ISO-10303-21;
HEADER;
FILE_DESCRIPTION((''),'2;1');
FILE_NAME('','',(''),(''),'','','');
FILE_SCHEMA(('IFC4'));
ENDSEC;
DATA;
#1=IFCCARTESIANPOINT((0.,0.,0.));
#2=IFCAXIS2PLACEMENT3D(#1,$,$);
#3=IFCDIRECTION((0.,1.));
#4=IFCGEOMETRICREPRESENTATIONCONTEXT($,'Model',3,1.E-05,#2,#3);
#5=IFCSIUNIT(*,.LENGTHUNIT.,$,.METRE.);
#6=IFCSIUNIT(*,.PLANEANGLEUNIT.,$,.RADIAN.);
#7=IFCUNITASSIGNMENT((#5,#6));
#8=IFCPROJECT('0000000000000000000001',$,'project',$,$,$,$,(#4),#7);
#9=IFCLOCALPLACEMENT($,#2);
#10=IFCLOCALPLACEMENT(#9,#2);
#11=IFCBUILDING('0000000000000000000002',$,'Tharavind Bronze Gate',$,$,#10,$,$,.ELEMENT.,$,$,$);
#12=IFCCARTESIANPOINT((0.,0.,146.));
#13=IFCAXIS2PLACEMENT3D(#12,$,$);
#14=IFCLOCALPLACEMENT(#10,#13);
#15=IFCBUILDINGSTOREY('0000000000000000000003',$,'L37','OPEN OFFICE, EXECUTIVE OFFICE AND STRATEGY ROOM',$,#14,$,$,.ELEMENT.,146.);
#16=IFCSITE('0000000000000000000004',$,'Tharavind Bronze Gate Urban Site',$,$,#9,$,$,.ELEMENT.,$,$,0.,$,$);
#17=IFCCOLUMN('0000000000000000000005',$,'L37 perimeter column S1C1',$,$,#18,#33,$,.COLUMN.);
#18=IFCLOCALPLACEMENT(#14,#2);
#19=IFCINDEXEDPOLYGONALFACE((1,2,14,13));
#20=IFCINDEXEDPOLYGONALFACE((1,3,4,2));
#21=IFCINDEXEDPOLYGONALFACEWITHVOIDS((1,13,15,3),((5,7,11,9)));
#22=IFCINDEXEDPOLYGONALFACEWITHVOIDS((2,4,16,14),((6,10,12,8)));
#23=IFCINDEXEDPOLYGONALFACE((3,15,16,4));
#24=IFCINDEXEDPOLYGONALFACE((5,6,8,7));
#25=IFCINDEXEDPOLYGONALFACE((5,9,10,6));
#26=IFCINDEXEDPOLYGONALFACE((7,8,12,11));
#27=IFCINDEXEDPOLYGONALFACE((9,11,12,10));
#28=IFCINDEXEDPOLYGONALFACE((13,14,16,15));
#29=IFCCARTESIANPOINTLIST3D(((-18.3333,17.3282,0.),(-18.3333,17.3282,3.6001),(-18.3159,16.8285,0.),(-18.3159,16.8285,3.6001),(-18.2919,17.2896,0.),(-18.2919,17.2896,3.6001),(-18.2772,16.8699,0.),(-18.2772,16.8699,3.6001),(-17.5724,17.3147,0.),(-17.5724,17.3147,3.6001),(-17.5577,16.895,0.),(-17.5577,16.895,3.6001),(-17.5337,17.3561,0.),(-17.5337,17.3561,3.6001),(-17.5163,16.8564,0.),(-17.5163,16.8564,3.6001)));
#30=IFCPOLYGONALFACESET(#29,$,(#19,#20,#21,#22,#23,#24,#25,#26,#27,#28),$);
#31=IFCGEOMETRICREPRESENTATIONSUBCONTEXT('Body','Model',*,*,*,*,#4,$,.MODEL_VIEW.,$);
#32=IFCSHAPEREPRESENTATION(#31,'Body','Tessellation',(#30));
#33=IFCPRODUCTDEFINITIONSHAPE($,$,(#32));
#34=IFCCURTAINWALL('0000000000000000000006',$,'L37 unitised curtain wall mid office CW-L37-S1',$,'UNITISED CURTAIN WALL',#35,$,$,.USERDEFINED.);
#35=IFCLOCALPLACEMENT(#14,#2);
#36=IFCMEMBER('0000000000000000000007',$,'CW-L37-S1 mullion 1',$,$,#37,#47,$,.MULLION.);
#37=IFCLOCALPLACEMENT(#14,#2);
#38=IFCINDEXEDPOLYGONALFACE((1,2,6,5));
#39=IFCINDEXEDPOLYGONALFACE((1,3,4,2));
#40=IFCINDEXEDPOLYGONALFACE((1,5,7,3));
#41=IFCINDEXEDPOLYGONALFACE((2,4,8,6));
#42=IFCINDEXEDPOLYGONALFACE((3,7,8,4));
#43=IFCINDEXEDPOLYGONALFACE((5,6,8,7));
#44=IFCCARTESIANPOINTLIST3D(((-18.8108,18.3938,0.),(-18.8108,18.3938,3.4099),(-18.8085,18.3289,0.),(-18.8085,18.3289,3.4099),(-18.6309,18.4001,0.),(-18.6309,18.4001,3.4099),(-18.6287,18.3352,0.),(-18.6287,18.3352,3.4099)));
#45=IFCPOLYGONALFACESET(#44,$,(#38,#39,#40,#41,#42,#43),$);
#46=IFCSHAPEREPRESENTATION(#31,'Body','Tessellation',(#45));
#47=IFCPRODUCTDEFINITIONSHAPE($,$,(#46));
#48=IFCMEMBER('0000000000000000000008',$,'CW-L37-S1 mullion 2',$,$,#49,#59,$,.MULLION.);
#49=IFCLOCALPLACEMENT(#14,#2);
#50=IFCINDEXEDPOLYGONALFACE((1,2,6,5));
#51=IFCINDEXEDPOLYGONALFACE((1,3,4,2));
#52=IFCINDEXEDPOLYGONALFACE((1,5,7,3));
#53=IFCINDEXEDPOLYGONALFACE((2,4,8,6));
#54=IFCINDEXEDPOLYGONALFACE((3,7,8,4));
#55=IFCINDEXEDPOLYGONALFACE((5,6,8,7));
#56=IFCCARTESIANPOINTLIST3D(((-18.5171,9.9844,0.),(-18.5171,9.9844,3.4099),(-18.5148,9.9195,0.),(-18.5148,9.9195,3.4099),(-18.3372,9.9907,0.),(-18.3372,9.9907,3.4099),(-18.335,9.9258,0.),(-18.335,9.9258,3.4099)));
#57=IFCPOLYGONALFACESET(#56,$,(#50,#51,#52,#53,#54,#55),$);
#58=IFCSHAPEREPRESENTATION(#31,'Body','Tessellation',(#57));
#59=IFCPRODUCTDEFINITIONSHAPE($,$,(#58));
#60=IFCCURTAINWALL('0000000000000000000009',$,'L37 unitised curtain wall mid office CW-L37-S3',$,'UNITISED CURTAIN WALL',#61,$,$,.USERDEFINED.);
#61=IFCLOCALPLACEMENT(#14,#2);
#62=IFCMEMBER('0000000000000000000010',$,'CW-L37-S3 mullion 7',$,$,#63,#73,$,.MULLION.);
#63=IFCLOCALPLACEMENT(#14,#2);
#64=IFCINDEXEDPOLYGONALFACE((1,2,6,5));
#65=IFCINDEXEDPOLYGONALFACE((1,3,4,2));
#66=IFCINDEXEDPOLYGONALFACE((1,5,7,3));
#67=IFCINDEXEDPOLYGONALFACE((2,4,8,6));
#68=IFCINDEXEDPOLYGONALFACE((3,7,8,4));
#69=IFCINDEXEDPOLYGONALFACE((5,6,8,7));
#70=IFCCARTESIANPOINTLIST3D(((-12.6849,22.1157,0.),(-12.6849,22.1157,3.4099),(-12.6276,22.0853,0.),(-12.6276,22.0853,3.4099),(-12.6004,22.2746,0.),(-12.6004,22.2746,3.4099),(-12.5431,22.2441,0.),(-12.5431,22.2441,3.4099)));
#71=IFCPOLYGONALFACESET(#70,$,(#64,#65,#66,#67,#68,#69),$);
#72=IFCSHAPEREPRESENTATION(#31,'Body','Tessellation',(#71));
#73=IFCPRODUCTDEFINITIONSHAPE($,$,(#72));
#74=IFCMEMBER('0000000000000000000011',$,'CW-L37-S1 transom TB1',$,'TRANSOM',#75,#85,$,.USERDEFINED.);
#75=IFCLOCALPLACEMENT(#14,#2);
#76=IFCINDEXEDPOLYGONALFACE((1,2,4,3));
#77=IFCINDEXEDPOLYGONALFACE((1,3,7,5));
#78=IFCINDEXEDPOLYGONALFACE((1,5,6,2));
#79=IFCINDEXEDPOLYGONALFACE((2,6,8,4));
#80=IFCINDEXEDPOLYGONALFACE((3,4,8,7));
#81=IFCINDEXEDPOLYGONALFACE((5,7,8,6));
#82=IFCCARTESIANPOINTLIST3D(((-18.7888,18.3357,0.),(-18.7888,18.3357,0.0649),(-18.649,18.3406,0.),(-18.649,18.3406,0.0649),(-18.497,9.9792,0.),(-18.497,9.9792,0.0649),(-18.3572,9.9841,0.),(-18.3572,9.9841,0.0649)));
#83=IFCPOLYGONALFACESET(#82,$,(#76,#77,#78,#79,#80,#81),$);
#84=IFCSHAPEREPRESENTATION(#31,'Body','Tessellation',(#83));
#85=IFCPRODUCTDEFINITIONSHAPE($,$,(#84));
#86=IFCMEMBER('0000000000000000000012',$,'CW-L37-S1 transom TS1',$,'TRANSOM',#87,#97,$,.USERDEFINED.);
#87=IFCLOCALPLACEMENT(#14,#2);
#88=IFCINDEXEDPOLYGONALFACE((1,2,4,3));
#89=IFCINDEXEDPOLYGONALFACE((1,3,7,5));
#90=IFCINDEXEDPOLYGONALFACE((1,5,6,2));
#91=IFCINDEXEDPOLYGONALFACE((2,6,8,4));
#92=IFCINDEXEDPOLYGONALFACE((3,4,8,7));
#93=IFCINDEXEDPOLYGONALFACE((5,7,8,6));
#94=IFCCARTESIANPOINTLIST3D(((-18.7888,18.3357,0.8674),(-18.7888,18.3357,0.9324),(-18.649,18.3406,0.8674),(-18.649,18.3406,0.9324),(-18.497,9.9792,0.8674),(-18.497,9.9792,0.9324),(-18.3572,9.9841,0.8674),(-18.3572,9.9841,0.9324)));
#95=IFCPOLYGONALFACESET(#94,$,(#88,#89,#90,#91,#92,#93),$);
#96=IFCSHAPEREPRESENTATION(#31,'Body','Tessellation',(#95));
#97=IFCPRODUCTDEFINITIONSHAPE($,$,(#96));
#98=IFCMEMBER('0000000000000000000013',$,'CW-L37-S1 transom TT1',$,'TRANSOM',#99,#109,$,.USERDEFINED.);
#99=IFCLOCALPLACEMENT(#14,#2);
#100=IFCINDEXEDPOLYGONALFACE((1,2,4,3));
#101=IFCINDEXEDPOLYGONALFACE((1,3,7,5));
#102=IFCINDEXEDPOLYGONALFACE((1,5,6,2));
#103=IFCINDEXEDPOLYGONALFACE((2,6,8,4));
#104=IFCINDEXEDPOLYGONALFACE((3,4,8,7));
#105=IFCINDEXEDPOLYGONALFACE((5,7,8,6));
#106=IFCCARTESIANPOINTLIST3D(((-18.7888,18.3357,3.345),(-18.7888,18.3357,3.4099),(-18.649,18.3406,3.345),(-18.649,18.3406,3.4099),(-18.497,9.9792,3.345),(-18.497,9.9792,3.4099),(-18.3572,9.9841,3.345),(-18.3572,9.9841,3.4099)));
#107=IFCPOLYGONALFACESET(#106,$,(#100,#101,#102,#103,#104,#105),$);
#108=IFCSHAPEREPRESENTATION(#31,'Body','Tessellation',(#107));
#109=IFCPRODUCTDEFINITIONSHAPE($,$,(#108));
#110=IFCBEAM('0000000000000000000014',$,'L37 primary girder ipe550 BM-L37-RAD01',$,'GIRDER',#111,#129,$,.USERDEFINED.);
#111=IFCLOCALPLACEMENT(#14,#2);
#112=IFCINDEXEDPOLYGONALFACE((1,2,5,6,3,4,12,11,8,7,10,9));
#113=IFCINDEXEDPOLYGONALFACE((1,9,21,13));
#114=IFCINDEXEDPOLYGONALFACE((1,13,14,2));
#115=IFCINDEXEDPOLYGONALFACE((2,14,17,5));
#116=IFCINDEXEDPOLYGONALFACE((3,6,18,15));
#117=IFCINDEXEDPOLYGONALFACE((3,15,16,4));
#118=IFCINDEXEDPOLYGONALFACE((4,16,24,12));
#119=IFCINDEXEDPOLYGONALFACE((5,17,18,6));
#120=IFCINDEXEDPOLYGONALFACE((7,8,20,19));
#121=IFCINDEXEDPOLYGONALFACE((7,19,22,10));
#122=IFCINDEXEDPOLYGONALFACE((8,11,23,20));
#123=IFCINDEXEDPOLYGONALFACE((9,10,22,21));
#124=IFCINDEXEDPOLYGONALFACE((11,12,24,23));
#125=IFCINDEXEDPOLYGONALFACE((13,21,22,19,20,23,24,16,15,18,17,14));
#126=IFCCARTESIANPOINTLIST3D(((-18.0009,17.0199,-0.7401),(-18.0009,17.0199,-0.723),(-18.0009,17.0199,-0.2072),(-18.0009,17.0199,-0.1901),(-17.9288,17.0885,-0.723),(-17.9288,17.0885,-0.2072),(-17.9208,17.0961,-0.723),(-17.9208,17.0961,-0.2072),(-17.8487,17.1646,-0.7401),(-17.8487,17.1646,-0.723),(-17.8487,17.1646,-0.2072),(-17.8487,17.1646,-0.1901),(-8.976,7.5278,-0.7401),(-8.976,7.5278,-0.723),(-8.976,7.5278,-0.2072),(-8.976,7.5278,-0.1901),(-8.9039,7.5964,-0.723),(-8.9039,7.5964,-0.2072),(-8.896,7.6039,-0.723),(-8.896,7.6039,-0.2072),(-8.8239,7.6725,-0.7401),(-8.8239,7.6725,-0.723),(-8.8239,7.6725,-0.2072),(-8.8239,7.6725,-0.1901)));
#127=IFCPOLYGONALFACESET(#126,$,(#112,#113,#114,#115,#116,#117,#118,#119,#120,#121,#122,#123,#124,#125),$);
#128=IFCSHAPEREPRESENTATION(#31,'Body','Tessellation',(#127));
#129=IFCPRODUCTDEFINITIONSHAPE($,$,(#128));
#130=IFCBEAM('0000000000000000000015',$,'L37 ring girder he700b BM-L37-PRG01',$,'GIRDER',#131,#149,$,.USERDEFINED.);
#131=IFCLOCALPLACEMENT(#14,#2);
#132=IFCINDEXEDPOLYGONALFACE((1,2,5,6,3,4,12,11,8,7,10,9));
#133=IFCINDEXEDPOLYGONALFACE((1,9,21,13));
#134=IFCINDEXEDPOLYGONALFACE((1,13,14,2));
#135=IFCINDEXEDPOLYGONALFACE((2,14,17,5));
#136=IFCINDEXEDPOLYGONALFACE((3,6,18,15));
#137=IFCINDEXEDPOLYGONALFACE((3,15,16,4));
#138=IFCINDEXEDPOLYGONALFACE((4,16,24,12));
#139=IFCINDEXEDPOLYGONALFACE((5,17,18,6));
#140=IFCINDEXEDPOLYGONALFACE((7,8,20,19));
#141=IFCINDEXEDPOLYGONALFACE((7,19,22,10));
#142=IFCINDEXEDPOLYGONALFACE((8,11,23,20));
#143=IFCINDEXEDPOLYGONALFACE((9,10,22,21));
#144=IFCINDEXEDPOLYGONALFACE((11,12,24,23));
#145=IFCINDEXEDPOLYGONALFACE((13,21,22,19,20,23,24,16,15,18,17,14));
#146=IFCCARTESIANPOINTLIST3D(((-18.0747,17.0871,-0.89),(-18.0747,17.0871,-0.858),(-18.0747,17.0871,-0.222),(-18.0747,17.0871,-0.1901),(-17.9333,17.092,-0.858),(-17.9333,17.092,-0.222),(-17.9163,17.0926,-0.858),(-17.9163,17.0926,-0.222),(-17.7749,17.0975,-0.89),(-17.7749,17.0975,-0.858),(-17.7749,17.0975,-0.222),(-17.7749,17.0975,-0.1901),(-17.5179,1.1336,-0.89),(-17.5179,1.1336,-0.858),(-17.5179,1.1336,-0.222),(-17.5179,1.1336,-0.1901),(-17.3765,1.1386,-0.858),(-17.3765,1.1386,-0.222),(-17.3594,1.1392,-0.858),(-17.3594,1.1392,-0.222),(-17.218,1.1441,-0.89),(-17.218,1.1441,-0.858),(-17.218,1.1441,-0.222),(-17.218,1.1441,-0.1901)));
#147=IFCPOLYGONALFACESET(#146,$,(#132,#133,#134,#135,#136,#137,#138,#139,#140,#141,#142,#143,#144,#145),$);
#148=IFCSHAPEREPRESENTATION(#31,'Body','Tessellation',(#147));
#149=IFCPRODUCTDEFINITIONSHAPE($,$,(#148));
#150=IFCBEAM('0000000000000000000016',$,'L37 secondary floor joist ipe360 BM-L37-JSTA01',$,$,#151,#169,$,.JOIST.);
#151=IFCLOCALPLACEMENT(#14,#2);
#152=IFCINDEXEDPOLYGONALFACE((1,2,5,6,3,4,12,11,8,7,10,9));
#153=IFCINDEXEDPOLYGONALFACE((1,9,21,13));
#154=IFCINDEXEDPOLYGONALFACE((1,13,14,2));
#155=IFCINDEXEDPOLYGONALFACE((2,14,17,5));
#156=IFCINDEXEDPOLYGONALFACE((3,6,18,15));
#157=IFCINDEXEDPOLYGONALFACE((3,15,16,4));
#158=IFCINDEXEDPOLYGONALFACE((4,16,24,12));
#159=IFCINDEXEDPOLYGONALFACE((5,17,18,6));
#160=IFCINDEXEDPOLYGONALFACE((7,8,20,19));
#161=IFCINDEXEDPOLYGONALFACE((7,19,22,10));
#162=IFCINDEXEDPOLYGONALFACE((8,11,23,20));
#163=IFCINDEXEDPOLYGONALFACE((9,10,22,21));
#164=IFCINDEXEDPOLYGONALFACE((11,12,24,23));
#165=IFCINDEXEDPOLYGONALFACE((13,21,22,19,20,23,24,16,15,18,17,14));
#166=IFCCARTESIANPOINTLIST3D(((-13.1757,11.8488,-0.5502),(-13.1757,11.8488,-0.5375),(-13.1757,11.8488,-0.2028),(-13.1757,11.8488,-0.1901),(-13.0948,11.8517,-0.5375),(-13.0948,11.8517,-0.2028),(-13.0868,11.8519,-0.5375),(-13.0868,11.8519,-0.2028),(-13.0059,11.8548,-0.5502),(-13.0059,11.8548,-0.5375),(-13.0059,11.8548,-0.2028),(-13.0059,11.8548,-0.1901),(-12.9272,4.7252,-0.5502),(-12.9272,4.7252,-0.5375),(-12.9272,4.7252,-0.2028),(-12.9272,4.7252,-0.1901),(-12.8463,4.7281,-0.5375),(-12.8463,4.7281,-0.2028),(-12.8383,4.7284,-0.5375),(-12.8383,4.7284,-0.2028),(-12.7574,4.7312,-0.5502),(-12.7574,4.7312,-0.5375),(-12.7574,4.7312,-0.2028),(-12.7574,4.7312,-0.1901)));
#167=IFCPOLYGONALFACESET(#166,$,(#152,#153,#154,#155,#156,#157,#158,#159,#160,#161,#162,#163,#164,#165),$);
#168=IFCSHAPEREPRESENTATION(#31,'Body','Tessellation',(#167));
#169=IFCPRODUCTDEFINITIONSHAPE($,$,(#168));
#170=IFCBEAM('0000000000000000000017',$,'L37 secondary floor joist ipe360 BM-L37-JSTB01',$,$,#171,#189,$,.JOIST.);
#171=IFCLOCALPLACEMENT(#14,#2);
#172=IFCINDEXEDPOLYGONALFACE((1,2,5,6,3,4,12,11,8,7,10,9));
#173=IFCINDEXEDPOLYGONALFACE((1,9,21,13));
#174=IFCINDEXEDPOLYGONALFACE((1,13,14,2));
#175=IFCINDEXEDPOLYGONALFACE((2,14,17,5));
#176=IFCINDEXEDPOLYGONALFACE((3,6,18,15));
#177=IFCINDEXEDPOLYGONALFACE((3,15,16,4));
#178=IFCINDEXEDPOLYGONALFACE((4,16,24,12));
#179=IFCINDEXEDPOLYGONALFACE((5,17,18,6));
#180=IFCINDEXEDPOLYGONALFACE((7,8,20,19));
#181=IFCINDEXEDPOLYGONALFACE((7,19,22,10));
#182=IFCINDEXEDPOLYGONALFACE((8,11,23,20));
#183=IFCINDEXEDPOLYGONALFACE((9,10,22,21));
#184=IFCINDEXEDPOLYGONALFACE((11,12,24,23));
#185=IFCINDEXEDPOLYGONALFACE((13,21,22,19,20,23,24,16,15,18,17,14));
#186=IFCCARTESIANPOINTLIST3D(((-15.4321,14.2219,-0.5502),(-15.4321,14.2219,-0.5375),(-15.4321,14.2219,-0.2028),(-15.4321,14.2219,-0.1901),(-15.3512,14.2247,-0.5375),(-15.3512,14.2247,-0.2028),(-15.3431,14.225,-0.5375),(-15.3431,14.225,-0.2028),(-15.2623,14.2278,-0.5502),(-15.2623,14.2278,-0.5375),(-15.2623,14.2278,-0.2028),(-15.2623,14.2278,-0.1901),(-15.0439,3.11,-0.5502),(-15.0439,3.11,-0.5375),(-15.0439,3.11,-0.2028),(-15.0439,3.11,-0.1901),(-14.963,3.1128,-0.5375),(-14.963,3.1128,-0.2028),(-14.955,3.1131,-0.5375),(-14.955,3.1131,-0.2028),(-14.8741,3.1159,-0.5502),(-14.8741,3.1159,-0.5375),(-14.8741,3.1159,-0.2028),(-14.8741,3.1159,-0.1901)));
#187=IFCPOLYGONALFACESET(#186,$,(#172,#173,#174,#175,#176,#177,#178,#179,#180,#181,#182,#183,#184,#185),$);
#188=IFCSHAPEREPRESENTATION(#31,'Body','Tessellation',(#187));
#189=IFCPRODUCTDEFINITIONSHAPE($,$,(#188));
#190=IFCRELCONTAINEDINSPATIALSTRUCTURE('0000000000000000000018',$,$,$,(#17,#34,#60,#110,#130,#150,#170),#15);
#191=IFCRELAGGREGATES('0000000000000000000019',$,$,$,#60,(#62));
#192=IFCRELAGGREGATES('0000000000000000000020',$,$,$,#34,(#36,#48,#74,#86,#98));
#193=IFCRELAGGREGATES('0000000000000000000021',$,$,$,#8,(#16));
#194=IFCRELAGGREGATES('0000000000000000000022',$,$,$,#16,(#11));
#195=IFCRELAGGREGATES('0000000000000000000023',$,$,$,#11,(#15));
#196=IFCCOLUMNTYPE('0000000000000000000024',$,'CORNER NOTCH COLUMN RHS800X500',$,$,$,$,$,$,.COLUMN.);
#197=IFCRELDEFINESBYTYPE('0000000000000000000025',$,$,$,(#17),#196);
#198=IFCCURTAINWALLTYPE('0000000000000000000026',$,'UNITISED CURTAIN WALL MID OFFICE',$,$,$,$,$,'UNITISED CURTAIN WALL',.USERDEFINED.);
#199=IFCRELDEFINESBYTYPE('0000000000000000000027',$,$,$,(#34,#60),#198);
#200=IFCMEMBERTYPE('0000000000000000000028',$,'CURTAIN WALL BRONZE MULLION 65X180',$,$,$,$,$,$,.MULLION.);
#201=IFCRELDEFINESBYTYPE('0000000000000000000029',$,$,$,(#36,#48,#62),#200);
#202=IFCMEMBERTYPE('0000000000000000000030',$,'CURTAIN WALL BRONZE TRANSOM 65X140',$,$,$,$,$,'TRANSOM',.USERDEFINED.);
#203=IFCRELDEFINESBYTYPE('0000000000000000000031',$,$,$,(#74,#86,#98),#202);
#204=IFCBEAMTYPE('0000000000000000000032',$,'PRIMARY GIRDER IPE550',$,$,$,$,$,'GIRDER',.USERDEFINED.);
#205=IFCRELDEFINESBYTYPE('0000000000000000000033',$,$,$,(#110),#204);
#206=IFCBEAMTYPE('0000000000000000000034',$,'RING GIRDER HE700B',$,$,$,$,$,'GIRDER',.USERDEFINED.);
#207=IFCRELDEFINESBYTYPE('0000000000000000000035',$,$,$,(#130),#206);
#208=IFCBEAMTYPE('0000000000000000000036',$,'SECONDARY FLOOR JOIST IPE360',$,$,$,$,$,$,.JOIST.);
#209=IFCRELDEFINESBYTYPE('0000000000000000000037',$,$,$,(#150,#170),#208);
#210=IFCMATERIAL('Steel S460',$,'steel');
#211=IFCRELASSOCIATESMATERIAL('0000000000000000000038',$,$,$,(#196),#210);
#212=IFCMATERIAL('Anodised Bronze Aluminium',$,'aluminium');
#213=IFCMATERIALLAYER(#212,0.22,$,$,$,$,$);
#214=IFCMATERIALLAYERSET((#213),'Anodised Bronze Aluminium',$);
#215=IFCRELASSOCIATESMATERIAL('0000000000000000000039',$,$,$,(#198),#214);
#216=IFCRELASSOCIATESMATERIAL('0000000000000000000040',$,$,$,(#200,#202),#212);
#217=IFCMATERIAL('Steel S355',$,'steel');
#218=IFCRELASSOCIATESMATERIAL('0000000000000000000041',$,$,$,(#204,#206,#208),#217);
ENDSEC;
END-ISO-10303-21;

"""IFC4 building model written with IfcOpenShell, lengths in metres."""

from ifc_helpers import new_model, si_unit, direction, frame, origin, origin_2d, place, context, subcontext, project, spatial, rectangle, hollow_rectangle, i_section, extrude, material, layer, layer_set, material_profile, profile_set, type_object, element, aggregate, save


model = new_model("IFC4")

# Units and contexts
model_context = context("Model", 3, precision=1e-05, world=origin(), true_north=direction((0.0, 1.0)))
body_context = subcontext(model_context, "Body", "Model", "MODEL_VIEW")
ifc_project = project(units=[si_unit("LENGTHUNIT", "METRE"), si_unit("PLANEANGLEUNIT", "RADIAN")], contexts=[model_context])

# Site, building, storey
site_placement = place(None, origin())
site = spatial("IfcSite", under=ifc_project, at=site_placement, Name="Tharavind Bronze Gate Urban Site", CompositionType="ELEMENT", RefElevation=0.0)
building_placement = place(site_placement, origin())
building = spatial("IfcBuilding", under=site, at=building_placement, Name="Tharavind Bronze Gate", CompositionType="ELEMENT")
storey_placement = place(building_placement, frame((0.0, 0.0, 146.0)))
storey = spatial("IfcBuildingStorey", under=building, at=storey_placement, Name="L37", Description="OPEN OFFICE, EXECUTIVE OFFICE AND STRATEGY ROOM", CompositionType="ELEMENT", Elevation=146.0)

# Column
ifc_material_1 = material(Name="Steel S460", Category="steel")
ifc_material_profile_1 = material_profile(ifc_material_1, hollow_rectangle(XDim=0.5, YDim=0.8, WallThickness=0.04, at=origin_2d()), Name="RHS800X500X40")
ifc_profile_set_1 = profile_set([ifc_material_profile_1], Name="Steel S460")
column_type = type_object("IfcColumnType", Name="CORNER NOTCH COLUMN RHS800X500", PredefinedType="COLUMN", material=ifc_profile_set_1)
column_placement = place(storey_placement, frame((-17.9248, 17.0923, 0.0), z_axis=(0.0, 0.0, 1.0), x_axis=(-0.034899, 0.999391, 0.0)))
element("IfcColumn", 1, at=column_placement, inside=storey, type_object=column_type, Name="L37 perimeter column S1C1", PredefinedType="COLUMN", context=body_context, shape_type="SweptSolid", body=[
    extrude(hollow_rectangle(XDim=0.5, YDim=0.8, WallThickness=0.04, at=origin_2d()), origin(), (0.0, 0.0, 1.0), 3.6001),
])

# Curtain wall, members
ifc_material_2 = material(Name="Anodised Bronze Aluminium", Category="aluminium")
ifc_layer_1 = layer(ifc_material_2, 0.22)
ifc_layer_set_1 = layer_set([ifc_layer_1], Name="Anodised Bronze Aluminium")
curtain_wall_type = type_object("IfcCurtainWallType", Name="UNITISED CURTAIN WALL MID OFFICE", ElementType="UNITISED CURTAIN WALL", PredefinedType="USERDEFINED", material=ifc_layer_set_1)
curtain_wall_1_placement = place(storey_placement, origin())
curtain_wall_1 = element("IfcCurtainWall", 2, at=curtain_wall_1_placement, inside=storey, type_object=curtain_wall_type, Name="L37 unitised curtain wall mid office CW-L37-S1", ObjectType="UNITISED CURTAIN WALL", PredefinedType="USERDEFINED")
member_type_1 = type_object("IfcMemberType", Name="CURTAIN WALL BRONZE MULLION 65X180", PredefinedType="MULLION", material=ifc_material_2)
member_1_placement = place(storey_placement, frame((-18.7197, 18.3645, 0.0), z_axis=(0.0, 0.0, 1.0), x_axis=(0.034899, -0.999391, 0.0)))
member_1 = element("IfcMember", 3, at=member_1_placement, type_object=member_type_1, Name="CW-L37-S1 mullion 1", PredefinedType="MULLION", context=body_context, shape_type="SweptSolid", body=[
    extrude(rectangle(XDim=0.0649, YDim=0.1799, at=origin_2d()), origin(), (0.0, 0.0, 1.0), 3.4099),
])
member_2_placement = place(storey_placement, frame((-18.426, 9.9551, 0.0), z_axis=(0.0, 0.0, 1.0), x_axis=(0.034899, -0.999391, 0.0)))
member_2 = element("IfcMember", 4, at=member_2_placement, type_object=member_type_1, Name="CW-L37-S1 mullion 2", PredefinedType="MULLION", context=body_context, shape_type="SweptSolid", body=[
    extrude(rectangle(XDim=0.0649, YDim=0.1799, at=origin_2d()), origin(), (0.0, 0.0, 1.0), 3.4099),
])

# Curtain wall, member
curtain_wall_2_placement = place(storey_placement, origin())
curtain_wall_2 = element("IfcCurtainWall", 5, at=curtain_wall_2_placement, inside=storey, type_object=curtain_wall_type, Name="L37 unitised curtain wall mid office CW-L37-S3", ObjectType="UNITISED CURTAIN WALL", PredefinedType="USERDEFINED")
member_3_placement = place(storey_placement, frame((-12.614, 22.1799, 0.0), z_axis=(0.0, 0.0, 1.0), x_axis=(-0.882948, 0.469472, 0.0)))
member_3 = element("IfcMember", 6, at=member_3_placement, type_object=member_type_1, Name="CW-L37-S3 mullion 7", PredefinedType="MULLION", context=body_context, shape_type="SweptSolid", body=[
    extrude(rectangle(XDim=0.0649, YDim=0.1799, at=origin_2d()), origin(), (0.0, 0.0, 1.0), 3.4099),
])
aggregate(curtain_wall_2, [member_3])

# Members
member_type_2 = type_object("IfcMemberType", Name="CURTAIN WALL BRONZE TRANSOM 65X140", ElementType="TRANSOM", PredefinedType="USERDEFINED", material=ifc_material_2)
member_4_placement = place(storey_placement, frame((-18.573, 14.1599, 0.0), z_axis=(0.0, 0.0, 1.0), x_axis=(0.034899, -0.999391, 0.0)))
member_4 = element("IfcMember", 7, at=member_4_placement, type_object=member_type_2, Name="CW-L37-S1 transom TB1", ObjectType="TRANSOM", PredefinedType="USERDEFINED", context=body_context, shape_type="SweptSolid", body=[
    extrude(rectangle(XDim=8.3616, YDim=0.1399, at=origin_2d()), origin(), (0.0, 0.0, 1.0), 0.0649),
])
member_5_placement = place(storey_placement, frame((-18.573, 14.1599, 0.8674), z_axis=(0.0, 0.0, 1.0), x_axis=(0.034899, -0.999391, 0.0)))
member_5 = element("IfcMember", 8, at=member_5_placement, type_object=member_type_2, Name="CW-L37-S1 transom TS1", ObjectType="TRANSOM", PredefinedType="USERDEFINED", context=body_context, shape_type="SweptSolid", body=[
    extrude(rectangle(XDim=8.3616, YDim=0.1399, at=origin_2d()), origin(), (0.0, 0.0, 1.0), 0.0649),
])
member_6_placement = place(storey_placement, frame((-18.573, 14.1599, 3.345), z_axis=(0.0, 0.0, 1.0), x_axis=(0.034899, -0.999391, 0.0)))
member_6 = element("IfcMember", 9, at=member_6_placement, type_object=member_type_2, Name="CW-L37-S1 transom TT1", ObjectType="TRANSOM", PredefinedType="USERDEFINED", context=body_context, shape_type="SweptSolid", body=[
    extrude(rectangle(XDim=8.3616, YDim=0.1399, at=origin_2d()), origin(), (0.0, 0.0, 1.0), 0.0649),
])

# Beams
ifc_material_3 = material(Name="Steel S355", Category="steel")
ifc_material_profile_2 = material_profile(ifc_material_3, i_section(OverallWidth=0.21, OverallDepth=0.55, WebThickness=0.011, FlangeThickness=0.0171, at=origin_2d()), Name="IPE550")
ifc_profile_set_2 = profile_set([ifc_material_profile_2], Name="Steel S355")
beam_type_1 = type_object("IfcBeamType", Name="PRIMARY GIRDER IPE550", ElementType="GIRDER", PredefinedType="USERDEFINED", material=ifc_profile_set_2)
beam_1_placement = place(storey_placement, frame((-17.9248, 17.0923, -0.4651), z_axis=(0.689043, -0.72472, 0.0), x_axis=(0.72472, 0.689043, 0.0)))
element("IfcBeam", 10, at=beam_1_placement, inside=storey, type_object=beam_type_1, Name="L37 primary girder ipe550 BM-L37-RAD01", ObjectType="GIRDER", PredefinedType="USERDEFINED", context=body_context, shape_type="SweptSolid", body=[
    extrude(i_section(OverallWidth=0.21, OverallDepth=0.55, WebThickness=0.011, FlangeThickness=0.0171, at=origin_2d()), origin(), (0.0, 0.0, 1.0), 13.0977),
])
ifc_material_profile_3 = material_profile(ifc_material_3, i_section(OverallWidth=0.3, OverallDepth=0.7, WebThickness=0.0171, FlangeThickness=0.032, at=origin_2d()), Name="HE700B")
ifc_profile_set_3 = profile_set([ifc_material_profile_3], Name="Steel S355")
beam_type_2 = type_object("IfcBeamType", Name="RING GIRDER HE700B", ElementType="GIRDER", PredefinedType="USERDEFINED", material=ifc_profile_set_3)
beam_2_placement = place(storey_placement, frame((-17.9248, 17.0923, -0.54), z_axis=(0.034886, -0.999391, 0.0), x_axis=(0.999391, 0.034886, 0.0)))
element("IfcBeam", 11, at=beam_2_placement, inside=storey, type_object=beam_type_2, Name="L37 ring girder he700b BM-L37-PRG01", ObjectType="GIRDER", PredefinedType="USERDEFINED", context=body_context, shape_type="SweptSolid", body=[
    extrude(i_section(OverallWidth=0.3, OverallDepth=0.7, WebThickness=0.0171, FlangeThickness=0.032, at=origin_2d()), origin(), (0.0, 0.0, 1.0), 15.9631),
])
ifc_material_profile_4 = material_profile(ifc_material_3, i_section(OverallWidth=0.1699, OverallDepth=0.3601, WebThickness=0.0081, FlangeThickness=0.0127, at=origin_2d()), Name="IPE360")
ifc_profile_set_4 = profile_set([ifc_material_profile_4], Name="Steel S355")
beam_type_3 = type_object("IfcBeamType", Name="SECONDARY FLOOR JOIST IPE360", PredefinedType="JOIST", material=ifc_profile_set_4)
beam_3_placement = place(storey_placement, frame((-13.0908, 11.8518, -0.3701), z_axis=(0.034868, -0.999392, 0.0), x_axis=(0.999392, 0.034868, 0.0)))
element("IfcBeam", 12, at=beam_3_placement, inside=storey, type_object=beam_type_3, Name="L37 secondary floor joist ipe360 BM-L37-JSTA01", PredefinedType="JOIST", context=body_context, shape_type="SweptSolid", body=[
    extrude(i_section(OverallWidth=0.1699, OverallDepth=0.3601, WebThickness=0.0081, FlangeThickness=0.0127, at=origin_2d()), origin(), (0.0, 0.0, 1.0), 7.1279),
])
beam_4_placement = place(storey_placement, frame((-15.3472, 14.2249, -0.3701), z_axis=(0.034913, -0.99939, 0.0), x_axis=(0.99939, 0.034913, 0.0)))
element("IfcBeam", 13, at=beam_4_placement, inside=storey, type_object=beam_type_3, Name="L37 secondary floor joist ipe360 BM-L37-JSTB01", PredefinedType="JOIST", context=body_context, shape_type="SweptSolid", body=[
    extrude(i_section(OverallWidth=0.1699, OverallDepth=0.3601, WebThickness=0.0081, FlangeThickness=0.0127, at=origin_2d()), origin(), (0.0, 0.0, 1.0), 11.1187),
])

aggregate(curtain_wall_1, [member_1, member_2, member_4, member_5, member_6])

save(model, "model.ifc")
